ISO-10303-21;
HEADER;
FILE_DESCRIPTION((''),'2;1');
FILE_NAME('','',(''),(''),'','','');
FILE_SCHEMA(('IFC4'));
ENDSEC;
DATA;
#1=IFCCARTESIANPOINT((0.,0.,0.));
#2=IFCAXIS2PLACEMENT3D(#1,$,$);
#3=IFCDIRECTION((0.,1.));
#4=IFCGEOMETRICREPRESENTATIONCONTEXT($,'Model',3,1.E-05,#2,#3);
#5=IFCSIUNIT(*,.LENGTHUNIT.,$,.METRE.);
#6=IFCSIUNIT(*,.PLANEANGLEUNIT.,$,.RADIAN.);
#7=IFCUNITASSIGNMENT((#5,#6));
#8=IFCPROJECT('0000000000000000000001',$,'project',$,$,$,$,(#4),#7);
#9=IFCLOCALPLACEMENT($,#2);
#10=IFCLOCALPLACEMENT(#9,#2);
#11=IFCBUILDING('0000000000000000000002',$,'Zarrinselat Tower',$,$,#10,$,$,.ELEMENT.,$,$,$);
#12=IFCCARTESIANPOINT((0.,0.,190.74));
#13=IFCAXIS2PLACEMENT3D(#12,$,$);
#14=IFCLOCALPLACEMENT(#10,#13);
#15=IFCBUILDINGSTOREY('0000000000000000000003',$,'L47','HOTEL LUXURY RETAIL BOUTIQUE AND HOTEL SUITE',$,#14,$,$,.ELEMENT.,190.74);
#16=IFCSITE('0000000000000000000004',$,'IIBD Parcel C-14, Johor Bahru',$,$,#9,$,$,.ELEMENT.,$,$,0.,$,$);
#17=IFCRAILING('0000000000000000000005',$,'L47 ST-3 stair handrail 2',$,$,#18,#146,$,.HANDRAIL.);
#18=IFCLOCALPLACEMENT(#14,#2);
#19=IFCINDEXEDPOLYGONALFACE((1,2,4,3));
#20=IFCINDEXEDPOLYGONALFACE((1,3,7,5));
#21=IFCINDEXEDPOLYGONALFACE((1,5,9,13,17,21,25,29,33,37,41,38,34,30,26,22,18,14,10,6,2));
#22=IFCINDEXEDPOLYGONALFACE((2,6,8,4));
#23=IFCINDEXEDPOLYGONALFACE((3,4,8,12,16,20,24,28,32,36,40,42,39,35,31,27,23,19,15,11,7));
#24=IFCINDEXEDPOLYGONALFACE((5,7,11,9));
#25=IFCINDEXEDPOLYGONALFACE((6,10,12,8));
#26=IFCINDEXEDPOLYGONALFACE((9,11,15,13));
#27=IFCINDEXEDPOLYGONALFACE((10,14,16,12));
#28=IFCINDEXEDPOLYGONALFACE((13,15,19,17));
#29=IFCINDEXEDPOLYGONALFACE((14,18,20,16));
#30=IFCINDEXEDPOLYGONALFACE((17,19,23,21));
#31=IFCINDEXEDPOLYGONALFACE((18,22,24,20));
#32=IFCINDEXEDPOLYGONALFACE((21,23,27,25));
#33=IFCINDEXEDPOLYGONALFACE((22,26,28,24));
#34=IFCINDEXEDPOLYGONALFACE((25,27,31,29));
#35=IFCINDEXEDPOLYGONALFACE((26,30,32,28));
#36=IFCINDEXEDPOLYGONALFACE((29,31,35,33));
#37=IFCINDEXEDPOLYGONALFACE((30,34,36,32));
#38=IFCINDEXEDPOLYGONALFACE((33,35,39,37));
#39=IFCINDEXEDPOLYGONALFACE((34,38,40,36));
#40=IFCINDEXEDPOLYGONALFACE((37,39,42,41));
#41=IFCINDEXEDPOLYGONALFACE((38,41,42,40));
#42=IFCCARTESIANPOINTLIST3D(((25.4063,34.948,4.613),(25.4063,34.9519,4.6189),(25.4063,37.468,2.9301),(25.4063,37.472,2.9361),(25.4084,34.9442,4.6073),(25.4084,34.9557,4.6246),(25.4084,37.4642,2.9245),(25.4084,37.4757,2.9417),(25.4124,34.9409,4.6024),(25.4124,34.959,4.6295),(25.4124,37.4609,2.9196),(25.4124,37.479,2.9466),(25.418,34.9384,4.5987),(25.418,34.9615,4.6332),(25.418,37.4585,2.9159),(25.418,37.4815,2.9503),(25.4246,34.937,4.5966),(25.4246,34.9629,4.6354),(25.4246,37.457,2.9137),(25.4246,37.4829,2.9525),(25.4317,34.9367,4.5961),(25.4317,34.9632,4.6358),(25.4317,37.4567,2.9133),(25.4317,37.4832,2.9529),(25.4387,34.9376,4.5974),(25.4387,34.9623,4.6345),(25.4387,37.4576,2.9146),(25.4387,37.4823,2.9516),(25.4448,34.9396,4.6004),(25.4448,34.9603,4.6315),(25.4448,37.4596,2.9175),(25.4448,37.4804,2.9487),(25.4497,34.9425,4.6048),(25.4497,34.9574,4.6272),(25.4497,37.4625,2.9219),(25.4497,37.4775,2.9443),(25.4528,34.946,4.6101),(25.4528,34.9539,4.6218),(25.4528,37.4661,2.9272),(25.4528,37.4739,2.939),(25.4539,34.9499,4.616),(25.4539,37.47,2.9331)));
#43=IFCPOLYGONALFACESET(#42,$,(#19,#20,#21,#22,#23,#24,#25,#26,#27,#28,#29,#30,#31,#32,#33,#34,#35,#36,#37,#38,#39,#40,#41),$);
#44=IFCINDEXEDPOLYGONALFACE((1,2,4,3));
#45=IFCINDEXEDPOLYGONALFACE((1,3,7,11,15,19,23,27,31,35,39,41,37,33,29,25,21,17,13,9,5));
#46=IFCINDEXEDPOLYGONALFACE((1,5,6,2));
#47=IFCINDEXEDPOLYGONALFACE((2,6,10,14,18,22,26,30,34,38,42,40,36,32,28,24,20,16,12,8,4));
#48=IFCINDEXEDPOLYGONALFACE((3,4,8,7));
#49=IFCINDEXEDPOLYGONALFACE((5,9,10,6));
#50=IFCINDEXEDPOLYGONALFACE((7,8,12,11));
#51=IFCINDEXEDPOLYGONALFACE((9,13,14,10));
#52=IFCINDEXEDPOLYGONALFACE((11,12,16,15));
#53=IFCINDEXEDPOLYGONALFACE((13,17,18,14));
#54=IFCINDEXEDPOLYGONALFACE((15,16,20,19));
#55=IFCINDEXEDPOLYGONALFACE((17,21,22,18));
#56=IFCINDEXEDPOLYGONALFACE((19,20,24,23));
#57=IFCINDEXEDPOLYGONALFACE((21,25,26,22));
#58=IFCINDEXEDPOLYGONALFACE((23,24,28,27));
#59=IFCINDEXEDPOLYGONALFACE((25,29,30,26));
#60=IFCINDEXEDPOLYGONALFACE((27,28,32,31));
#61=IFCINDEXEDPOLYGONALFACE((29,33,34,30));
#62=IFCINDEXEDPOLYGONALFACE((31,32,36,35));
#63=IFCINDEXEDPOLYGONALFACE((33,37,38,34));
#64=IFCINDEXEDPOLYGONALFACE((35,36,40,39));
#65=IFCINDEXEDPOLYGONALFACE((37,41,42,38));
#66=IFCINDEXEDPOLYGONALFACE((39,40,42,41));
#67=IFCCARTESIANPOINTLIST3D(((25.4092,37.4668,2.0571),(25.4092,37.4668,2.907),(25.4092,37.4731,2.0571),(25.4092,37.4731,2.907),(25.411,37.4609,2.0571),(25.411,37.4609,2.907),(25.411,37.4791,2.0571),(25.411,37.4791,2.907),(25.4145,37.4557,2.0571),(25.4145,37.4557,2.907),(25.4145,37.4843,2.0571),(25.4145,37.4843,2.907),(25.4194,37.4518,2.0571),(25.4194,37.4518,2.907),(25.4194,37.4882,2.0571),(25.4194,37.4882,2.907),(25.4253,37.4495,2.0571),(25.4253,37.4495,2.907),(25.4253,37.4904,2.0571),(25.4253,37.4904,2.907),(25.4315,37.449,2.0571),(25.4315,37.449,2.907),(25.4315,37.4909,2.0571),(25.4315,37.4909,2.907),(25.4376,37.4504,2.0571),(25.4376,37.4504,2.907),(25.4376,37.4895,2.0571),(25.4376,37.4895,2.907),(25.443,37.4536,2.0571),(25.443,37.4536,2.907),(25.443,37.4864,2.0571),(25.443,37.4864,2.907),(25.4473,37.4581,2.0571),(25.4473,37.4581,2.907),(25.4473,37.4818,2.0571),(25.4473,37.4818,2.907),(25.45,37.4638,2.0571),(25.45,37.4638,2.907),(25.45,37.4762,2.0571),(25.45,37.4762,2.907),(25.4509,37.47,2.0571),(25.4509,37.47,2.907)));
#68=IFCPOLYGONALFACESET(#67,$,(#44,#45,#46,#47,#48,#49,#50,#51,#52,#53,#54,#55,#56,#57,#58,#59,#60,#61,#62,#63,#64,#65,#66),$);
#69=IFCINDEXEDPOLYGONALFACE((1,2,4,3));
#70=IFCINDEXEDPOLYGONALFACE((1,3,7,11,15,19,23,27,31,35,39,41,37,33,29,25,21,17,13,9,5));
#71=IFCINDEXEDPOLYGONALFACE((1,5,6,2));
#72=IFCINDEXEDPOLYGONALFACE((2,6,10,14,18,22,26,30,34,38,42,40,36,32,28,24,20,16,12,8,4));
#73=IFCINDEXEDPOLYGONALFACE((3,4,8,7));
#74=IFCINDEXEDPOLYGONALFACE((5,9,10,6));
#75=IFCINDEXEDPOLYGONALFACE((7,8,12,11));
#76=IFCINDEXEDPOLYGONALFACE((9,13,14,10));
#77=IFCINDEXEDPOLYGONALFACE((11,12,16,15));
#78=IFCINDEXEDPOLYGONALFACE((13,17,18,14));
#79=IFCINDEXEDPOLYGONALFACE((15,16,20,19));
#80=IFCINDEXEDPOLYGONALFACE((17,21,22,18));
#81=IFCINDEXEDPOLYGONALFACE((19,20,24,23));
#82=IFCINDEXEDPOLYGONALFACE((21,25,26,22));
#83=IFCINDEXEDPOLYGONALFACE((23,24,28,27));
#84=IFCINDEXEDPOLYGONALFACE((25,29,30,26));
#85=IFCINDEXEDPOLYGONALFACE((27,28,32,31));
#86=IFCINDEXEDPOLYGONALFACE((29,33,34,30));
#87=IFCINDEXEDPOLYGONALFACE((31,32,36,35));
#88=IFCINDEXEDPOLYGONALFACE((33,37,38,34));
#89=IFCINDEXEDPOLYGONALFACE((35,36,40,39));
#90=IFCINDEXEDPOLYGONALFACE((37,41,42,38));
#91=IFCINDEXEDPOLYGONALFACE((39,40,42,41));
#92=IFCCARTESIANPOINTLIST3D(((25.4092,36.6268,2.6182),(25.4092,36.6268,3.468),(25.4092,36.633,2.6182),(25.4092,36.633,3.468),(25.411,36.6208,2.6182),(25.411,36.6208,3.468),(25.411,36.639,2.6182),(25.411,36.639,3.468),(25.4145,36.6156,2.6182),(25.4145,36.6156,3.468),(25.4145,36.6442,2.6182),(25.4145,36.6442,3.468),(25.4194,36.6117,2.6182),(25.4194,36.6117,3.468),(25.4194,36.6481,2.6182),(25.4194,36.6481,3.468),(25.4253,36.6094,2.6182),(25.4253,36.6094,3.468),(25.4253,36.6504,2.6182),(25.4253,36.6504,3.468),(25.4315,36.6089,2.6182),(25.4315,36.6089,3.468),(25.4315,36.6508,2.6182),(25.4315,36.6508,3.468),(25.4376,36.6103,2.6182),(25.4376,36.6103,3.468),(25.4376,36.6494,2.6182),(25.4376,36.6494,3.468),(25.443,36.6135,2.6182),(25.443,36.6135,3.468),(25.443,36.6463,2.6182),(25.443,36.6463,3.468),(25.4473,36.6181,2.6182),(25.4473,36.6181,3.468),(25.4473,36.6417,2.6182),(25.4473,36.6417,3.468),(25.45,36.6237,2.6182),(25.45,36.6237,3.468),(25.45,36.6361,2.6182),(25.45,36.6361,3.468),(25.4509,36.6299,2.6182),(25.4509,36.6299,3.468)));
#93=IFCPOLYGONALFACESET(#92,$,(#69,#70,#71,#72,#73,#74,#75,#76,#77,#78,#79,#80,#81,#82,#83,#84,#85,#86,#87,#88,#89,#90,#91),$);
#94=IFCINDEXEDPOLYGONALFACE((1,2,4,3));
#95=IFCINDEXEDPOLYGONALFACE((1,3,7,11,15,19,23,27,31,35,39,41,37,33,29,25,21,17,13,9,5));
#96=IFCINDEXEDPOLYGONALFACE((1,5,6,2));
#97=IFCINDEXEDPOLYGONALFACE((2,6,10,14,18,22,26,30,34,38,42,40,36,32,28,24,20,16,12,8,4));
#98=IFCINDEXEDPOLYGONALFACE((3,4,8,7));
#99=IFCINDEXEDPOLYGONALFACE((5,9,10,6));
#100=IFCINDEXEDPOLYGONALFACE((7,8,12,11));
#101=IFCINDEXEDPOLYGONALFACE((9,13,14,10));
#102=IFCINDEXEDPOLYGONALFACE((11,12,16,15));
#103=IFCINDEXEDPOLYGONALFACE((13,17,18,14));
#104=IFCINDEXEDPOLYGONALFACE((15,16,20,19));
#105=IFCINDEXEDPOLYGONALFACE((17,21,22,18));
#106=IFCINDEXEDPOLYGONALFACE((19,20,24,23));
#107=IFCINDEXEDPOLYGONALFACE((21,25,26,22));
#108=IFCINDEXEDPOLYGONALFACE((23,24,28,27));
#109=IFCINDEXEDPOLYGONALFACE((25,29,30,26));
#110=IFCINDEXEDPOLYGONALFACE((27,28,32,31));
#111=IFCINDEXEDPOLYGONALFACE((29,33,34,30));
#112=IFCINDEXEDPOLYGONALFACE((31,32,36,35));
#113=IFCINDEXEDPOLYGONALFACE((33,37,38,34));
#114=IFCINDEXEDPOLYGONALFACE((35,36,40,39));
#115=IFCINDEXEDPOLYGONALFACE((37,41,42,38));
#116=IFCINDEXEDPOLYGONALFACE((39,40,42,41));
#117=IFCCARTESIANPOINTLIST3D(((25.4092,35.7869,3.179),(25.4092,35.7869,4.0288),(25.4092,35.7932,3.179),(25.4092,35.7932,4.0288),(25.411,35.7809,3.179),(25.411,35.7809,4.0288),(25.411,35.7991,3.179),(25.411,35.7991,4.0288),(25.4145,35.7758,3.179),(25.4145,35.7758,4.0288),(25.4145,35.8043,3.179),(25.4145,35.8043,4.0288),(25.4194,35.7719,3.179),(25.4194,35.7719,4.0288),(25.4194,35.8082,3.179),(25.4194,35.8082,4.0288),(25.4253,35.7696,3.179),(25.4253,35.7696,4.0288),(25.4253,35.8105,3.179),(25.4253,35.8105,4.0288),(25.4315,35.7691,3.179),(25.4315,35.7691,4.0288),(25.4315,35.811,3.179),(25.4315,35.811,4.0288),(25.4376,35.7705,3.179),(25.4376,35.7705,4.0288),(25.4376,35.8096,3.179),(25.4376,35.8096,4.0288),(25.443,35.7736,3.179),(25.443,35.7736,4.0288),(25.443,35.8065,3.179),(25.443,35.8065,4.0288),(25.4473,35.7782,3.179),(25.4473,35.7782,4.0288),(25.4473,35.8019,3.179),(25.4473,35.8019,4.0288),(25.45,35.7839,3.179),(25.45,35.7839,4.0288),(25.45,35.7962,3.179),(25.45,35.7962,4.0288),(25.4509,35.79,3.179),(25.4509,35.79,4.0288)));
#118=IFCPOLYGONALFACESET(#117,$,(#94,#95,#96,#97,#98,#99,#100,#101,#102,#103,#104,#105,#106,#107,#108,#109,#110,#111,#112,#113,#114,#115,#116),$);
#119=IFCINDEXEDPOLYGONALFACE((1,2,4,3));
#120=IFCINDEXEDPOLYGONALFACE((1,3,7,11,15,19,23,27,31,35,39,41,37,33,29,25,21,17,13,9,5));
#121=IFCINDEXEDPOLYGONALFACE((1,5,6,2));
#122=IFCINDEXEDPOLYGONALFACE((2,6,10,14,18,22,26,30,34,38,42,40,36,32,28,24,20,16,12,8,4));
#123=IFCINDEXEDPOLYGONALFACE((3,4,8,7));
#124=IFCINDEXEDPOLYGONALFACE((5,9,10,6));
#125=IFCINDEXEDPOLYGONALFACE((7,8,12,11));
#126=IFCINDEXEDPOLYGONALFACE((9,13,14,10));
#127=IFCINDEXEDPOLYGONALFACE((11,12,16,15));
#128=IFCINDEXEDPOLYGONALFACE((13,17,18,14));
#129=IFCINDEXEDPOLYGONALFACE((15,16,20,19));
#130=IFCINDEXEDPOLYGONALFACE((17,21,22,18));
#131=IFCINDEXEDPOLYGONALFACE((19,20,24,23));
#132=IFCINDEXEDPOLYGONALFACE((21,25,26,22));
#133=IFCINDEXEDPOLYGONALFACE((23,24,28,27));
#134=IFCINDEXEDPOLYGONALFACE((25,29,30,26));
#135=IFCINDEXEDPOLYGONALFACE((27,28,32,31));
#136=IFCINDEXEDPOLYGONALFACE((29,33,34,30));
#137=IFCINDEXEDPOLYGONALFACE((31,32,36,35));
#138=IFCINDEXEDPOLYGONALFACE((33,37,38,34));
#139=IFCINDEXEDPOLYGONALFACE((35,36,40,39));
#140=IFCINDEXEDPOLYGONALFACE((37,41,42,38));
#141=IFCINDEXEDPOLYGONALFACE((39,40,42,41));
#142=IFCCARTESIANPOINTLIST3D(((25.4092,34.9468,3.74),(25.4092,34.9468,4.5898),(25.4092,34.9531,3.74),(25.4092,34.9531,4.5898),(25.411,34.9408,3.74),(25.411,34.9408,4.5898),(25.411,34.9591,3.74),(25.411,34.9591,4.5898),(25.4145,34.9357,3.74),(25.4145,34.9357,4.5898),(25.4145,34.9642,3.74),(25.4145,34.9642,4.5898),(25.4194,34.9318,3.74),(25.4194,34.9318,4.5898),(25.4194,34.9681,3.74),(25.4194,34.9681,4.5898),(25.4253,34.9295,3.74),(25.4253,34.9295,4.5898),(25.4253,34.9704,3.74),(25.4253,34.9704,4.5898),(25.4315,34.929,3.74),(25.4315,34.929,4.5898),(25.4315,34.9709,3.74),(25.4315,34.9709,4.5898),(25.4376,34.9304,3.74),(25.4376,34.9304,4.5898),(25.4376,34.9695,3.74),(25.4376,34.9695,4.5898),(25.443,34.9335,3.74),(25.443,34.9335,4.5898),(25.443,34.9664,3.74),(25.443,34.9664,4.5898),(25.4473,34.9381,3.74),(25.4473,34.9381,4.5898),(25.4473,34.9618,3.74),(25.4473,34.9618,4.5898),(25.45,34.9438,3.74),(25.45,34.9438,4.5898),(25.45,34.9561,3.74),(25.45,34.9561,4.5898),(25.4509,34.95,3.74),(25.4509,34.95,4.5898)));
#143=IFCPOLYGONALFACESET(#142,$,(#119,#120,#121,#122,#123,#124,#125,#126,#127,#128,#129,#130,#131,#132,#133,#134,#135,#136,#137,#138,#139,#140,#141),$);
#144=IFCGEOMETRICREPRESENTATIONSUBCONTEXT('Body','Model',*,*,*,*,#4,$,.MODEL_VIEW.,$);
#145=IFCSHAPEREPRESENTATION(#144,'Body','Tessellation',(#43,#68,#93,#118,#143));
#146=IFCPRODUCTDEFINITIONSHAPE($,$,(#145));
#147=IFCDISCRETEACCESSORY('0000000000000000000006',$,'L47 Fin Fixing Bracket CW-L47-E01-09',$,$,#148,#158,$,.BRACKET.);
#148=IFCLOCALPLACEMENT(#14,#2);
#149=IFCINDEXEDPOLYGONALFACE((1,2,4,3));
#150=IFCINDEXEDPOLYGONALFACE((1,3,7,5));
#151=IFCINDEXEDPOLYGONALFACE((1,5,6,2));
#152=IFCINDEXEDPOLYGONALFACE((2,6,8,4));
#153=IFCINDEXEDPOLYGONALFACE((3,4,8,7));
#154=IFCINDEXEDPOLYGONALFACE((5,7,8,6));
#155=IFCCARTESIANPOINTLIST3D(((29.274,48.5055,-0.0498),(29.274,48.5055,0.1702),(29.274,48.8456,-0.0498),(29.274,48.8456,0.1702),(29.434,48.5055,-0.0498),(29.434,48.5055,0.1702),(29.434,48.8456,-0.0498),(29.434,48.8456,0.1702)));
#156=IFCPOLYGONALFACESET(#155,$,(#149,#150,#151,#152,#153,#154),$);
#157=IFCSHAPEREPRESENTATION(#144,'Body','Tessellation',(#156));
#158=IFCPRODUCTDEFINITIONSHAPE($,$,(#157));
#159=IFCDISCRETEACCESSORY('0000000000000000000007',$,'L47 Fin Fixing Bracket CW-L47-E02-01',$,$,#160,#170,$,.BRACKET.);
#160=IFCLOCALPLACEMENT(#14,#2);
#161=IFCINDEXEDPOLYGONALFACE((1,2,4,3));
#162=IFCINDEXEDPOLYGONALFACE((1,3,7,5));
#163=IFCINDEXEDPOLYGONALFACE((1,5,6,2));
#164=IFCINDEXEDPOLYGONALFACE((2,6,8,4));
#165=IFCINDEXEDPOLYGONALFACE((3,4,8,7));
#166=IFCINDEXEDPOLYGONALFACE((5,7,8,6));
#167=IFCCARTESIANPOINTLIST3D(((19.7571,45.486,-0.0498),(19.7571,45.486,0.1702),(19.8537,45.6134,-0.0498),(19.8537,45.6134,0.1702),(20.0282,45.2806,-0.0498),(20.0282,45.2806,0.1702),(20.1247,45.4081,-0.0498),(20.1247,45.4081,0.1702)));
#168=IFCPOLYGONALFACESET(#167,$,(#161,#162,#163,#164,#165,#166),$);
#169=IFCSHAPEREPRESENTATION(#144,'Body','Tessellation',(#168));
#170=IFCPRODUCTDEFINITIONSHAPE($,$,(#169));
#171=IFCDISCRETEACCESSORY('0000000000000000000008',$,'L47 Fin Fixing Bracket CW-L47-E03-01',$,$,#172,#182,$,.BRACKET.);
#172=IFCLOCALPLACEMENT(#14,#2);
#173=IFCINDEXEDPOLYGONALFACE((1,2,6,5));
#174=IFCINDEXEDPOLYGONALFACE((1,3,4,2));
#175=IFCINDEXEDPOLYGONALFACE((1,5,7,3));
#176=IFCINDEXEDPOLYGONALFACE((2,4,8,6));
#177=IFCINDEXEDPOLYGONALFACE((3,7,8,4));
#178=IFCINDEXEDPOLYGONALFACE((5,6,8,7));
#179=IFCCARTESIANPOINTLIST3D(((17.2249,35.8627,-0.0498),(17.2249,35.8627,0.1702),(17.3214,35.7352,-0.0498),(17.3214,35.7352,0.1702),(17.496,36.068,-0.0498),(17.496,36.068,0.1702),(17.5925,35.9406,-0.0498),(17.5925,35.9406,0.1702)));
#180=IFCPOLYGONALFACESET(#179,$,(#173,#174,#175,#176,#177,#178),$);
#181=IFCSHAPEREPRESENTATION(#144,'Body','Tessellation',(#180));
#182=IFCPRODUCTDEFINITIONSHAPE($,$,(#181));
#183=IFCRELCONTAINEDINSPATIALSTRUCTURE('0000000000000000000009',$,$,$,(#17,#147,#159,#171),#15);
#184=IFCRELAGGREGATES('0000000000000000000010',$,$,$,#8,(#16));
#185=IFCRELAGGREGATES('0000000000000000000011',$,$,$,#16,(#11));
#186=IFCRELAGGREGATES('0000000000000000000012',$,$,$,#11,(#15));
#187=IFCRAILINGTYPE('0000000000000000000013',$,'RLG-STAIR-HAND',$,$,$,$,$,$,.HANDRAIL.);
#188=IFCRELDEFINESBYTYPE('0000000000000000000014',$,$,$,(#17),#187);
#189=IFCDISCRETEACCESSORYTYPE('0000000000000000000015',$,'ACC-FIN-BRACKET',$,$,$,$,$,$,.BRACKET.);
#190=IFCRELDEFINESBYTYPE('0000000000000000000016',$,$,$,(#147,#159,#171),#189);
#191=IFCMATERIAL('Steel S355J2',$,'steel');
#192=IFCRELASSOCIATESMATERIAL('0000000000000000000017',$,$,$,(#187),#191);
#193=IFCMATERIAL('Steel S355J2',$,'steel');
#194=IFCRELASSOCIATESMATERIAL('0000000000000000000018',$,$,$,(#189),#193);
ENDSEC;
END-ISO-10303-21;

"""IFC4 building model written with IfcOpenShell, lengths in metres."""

from ifc_helpers import new_model, si_unit, direction, frame, origin, origin_2d, place, context, subcontext, project, spatial, rectangle, circle, extrude, material, type_object, element, save


model = new_model("IFC4")

# Units and contexts
model_context = context("Model", 3, precision=1e-05, world=origin(), true_north=direction((0.0, 1.0)))
body_context = subcontext(model_context, "Body", "Model", "MODEL_VIEW")
ifc_project = project(units=[si_unit("LENGTHUNIT", "METRE"), si_unit("PLANEANGLEUNIT", "RADIAN")], contexts=[model_context])

# Site, building, storey
site_placement = place(None, origin())
site = spatial("IfcSite", under=ifc_project, at=site_placement, Name="IIBD Parcel C-14, Johor Bahru", CompositionType="ELEMENT", RefElevation=0.0)
building_placement = place(site_placement, origin())
building = spatial("IfcBuilding", under=site, at=building_placement, Name="Zarrinselat Tower", CompositionType="ELEMENT")
storey_placement = place(building_placement, frame((0.0, 0.0, 190.74)))
storey = spatial("IfcBuildingStorey", under=building, at=storey_placement, Name="L47", Description="HOTEL LUXURY RETAIL BOUTIQUE AND HOTEL SUITE", CompositionType="ELEMENT", Elevation=190.74)

# Railing
ifc_material_1 = material(Name="Steel S355J2", Category="steel")
railing_type_1 = type_object("IfcRailingType", Name="RLG-STAIR-HAND", PredefinedType="HANDRAIL", material=ifc_material_1)
railing_1_placement = place(storey_placement, frame((25.4299, 37.47, 2.0571)))
element("IfcRailing", 1, at=railing_1_placement, inside=storey, type_object=railing_type_1, Name="L47 ST-3 stair handrail 2", PredefinedType="HANDRAIL", context=body_context, shape_type="SweptSolid", body=[
    extrude(circle(Radius=0.0239, at=origin_2d()), frame((0.0, 0.0, 0.876), z_axis=(0.0, -0.831616, 0.555351), x_axis=(1.0, 0.0, 0.0)), (0.0, 0.0, 1.0), 3.0303),
    extrude(circle(Radius=0.021, at=origin_2d()), origin(), (0.0, 0.0, 1.0), 0.8499),
    extrude(circle(Radius=0.021, at=origin_2d()), frame((0.0, -0.8401, 0.561)), (0.0, 0.0, 1.0), 0.8499),
    extrude(circle(Radius=0.021, at=origin_2d()), frame((0.0, -1.6799, 1.1218)), (0.0, 0.0, 1.0), 0.8499),
    extrude(circle(Radius=0.021, at=origin_2d()), frame((0.0, -2.52, 1.6829)), (0.0, 0.0, 1.0), 0.8499),
])

# Discrete accessories
ifc_material_2 = material(Name="Steel S355J2", Category="steel")
discrete_accessory_type = type_object("IfcDiscreteAccessoryType", Name="ACC-FIN-BRACKET", PredefinedType="BRACKET", material=ifc_material_2)
for number, where, z_axis, x_axis, name in (
    (2, (29.354, 48.6755, -0.0498), (0.0, 0.0, 1.0), (0.0, 1.0, 0.0), "L47 Fin Fixing Bracket CW-L47-E01-09"),
    (3, (19.9409, 45.447, -0.0498), (0.0, 0.0, 1.0), (-0.797095, 0.603854, 0.0), "L47 Fin Fixing Bracket CW-L47-E02-01"),
    (4, (17.4087, 35.9016, -0.0498), (0.0, 0.0, 1.0), (-0.797093, -0.603857, 0.0), "L47 Fin Fixing Bracket CW-L47-E03-01"),
):
    element("IfcDiscreteAccessory", number, at=place(storey_placement, frame(where, z_axis=z_axis, x_axis=x_axis)), inside=storey, type_object=discrete_accessory_type, Name=name, PredefinedType="BRACKET", context=body_context, shape_type="SweptSolid", body=[
        extrude(rectangle(XDim=0.3401, YDim=0.1599, at=origin_2d()), origin(), (0.0, 0.0, 1.0), 0.22),
    ])

save(model, "model.ifc")
